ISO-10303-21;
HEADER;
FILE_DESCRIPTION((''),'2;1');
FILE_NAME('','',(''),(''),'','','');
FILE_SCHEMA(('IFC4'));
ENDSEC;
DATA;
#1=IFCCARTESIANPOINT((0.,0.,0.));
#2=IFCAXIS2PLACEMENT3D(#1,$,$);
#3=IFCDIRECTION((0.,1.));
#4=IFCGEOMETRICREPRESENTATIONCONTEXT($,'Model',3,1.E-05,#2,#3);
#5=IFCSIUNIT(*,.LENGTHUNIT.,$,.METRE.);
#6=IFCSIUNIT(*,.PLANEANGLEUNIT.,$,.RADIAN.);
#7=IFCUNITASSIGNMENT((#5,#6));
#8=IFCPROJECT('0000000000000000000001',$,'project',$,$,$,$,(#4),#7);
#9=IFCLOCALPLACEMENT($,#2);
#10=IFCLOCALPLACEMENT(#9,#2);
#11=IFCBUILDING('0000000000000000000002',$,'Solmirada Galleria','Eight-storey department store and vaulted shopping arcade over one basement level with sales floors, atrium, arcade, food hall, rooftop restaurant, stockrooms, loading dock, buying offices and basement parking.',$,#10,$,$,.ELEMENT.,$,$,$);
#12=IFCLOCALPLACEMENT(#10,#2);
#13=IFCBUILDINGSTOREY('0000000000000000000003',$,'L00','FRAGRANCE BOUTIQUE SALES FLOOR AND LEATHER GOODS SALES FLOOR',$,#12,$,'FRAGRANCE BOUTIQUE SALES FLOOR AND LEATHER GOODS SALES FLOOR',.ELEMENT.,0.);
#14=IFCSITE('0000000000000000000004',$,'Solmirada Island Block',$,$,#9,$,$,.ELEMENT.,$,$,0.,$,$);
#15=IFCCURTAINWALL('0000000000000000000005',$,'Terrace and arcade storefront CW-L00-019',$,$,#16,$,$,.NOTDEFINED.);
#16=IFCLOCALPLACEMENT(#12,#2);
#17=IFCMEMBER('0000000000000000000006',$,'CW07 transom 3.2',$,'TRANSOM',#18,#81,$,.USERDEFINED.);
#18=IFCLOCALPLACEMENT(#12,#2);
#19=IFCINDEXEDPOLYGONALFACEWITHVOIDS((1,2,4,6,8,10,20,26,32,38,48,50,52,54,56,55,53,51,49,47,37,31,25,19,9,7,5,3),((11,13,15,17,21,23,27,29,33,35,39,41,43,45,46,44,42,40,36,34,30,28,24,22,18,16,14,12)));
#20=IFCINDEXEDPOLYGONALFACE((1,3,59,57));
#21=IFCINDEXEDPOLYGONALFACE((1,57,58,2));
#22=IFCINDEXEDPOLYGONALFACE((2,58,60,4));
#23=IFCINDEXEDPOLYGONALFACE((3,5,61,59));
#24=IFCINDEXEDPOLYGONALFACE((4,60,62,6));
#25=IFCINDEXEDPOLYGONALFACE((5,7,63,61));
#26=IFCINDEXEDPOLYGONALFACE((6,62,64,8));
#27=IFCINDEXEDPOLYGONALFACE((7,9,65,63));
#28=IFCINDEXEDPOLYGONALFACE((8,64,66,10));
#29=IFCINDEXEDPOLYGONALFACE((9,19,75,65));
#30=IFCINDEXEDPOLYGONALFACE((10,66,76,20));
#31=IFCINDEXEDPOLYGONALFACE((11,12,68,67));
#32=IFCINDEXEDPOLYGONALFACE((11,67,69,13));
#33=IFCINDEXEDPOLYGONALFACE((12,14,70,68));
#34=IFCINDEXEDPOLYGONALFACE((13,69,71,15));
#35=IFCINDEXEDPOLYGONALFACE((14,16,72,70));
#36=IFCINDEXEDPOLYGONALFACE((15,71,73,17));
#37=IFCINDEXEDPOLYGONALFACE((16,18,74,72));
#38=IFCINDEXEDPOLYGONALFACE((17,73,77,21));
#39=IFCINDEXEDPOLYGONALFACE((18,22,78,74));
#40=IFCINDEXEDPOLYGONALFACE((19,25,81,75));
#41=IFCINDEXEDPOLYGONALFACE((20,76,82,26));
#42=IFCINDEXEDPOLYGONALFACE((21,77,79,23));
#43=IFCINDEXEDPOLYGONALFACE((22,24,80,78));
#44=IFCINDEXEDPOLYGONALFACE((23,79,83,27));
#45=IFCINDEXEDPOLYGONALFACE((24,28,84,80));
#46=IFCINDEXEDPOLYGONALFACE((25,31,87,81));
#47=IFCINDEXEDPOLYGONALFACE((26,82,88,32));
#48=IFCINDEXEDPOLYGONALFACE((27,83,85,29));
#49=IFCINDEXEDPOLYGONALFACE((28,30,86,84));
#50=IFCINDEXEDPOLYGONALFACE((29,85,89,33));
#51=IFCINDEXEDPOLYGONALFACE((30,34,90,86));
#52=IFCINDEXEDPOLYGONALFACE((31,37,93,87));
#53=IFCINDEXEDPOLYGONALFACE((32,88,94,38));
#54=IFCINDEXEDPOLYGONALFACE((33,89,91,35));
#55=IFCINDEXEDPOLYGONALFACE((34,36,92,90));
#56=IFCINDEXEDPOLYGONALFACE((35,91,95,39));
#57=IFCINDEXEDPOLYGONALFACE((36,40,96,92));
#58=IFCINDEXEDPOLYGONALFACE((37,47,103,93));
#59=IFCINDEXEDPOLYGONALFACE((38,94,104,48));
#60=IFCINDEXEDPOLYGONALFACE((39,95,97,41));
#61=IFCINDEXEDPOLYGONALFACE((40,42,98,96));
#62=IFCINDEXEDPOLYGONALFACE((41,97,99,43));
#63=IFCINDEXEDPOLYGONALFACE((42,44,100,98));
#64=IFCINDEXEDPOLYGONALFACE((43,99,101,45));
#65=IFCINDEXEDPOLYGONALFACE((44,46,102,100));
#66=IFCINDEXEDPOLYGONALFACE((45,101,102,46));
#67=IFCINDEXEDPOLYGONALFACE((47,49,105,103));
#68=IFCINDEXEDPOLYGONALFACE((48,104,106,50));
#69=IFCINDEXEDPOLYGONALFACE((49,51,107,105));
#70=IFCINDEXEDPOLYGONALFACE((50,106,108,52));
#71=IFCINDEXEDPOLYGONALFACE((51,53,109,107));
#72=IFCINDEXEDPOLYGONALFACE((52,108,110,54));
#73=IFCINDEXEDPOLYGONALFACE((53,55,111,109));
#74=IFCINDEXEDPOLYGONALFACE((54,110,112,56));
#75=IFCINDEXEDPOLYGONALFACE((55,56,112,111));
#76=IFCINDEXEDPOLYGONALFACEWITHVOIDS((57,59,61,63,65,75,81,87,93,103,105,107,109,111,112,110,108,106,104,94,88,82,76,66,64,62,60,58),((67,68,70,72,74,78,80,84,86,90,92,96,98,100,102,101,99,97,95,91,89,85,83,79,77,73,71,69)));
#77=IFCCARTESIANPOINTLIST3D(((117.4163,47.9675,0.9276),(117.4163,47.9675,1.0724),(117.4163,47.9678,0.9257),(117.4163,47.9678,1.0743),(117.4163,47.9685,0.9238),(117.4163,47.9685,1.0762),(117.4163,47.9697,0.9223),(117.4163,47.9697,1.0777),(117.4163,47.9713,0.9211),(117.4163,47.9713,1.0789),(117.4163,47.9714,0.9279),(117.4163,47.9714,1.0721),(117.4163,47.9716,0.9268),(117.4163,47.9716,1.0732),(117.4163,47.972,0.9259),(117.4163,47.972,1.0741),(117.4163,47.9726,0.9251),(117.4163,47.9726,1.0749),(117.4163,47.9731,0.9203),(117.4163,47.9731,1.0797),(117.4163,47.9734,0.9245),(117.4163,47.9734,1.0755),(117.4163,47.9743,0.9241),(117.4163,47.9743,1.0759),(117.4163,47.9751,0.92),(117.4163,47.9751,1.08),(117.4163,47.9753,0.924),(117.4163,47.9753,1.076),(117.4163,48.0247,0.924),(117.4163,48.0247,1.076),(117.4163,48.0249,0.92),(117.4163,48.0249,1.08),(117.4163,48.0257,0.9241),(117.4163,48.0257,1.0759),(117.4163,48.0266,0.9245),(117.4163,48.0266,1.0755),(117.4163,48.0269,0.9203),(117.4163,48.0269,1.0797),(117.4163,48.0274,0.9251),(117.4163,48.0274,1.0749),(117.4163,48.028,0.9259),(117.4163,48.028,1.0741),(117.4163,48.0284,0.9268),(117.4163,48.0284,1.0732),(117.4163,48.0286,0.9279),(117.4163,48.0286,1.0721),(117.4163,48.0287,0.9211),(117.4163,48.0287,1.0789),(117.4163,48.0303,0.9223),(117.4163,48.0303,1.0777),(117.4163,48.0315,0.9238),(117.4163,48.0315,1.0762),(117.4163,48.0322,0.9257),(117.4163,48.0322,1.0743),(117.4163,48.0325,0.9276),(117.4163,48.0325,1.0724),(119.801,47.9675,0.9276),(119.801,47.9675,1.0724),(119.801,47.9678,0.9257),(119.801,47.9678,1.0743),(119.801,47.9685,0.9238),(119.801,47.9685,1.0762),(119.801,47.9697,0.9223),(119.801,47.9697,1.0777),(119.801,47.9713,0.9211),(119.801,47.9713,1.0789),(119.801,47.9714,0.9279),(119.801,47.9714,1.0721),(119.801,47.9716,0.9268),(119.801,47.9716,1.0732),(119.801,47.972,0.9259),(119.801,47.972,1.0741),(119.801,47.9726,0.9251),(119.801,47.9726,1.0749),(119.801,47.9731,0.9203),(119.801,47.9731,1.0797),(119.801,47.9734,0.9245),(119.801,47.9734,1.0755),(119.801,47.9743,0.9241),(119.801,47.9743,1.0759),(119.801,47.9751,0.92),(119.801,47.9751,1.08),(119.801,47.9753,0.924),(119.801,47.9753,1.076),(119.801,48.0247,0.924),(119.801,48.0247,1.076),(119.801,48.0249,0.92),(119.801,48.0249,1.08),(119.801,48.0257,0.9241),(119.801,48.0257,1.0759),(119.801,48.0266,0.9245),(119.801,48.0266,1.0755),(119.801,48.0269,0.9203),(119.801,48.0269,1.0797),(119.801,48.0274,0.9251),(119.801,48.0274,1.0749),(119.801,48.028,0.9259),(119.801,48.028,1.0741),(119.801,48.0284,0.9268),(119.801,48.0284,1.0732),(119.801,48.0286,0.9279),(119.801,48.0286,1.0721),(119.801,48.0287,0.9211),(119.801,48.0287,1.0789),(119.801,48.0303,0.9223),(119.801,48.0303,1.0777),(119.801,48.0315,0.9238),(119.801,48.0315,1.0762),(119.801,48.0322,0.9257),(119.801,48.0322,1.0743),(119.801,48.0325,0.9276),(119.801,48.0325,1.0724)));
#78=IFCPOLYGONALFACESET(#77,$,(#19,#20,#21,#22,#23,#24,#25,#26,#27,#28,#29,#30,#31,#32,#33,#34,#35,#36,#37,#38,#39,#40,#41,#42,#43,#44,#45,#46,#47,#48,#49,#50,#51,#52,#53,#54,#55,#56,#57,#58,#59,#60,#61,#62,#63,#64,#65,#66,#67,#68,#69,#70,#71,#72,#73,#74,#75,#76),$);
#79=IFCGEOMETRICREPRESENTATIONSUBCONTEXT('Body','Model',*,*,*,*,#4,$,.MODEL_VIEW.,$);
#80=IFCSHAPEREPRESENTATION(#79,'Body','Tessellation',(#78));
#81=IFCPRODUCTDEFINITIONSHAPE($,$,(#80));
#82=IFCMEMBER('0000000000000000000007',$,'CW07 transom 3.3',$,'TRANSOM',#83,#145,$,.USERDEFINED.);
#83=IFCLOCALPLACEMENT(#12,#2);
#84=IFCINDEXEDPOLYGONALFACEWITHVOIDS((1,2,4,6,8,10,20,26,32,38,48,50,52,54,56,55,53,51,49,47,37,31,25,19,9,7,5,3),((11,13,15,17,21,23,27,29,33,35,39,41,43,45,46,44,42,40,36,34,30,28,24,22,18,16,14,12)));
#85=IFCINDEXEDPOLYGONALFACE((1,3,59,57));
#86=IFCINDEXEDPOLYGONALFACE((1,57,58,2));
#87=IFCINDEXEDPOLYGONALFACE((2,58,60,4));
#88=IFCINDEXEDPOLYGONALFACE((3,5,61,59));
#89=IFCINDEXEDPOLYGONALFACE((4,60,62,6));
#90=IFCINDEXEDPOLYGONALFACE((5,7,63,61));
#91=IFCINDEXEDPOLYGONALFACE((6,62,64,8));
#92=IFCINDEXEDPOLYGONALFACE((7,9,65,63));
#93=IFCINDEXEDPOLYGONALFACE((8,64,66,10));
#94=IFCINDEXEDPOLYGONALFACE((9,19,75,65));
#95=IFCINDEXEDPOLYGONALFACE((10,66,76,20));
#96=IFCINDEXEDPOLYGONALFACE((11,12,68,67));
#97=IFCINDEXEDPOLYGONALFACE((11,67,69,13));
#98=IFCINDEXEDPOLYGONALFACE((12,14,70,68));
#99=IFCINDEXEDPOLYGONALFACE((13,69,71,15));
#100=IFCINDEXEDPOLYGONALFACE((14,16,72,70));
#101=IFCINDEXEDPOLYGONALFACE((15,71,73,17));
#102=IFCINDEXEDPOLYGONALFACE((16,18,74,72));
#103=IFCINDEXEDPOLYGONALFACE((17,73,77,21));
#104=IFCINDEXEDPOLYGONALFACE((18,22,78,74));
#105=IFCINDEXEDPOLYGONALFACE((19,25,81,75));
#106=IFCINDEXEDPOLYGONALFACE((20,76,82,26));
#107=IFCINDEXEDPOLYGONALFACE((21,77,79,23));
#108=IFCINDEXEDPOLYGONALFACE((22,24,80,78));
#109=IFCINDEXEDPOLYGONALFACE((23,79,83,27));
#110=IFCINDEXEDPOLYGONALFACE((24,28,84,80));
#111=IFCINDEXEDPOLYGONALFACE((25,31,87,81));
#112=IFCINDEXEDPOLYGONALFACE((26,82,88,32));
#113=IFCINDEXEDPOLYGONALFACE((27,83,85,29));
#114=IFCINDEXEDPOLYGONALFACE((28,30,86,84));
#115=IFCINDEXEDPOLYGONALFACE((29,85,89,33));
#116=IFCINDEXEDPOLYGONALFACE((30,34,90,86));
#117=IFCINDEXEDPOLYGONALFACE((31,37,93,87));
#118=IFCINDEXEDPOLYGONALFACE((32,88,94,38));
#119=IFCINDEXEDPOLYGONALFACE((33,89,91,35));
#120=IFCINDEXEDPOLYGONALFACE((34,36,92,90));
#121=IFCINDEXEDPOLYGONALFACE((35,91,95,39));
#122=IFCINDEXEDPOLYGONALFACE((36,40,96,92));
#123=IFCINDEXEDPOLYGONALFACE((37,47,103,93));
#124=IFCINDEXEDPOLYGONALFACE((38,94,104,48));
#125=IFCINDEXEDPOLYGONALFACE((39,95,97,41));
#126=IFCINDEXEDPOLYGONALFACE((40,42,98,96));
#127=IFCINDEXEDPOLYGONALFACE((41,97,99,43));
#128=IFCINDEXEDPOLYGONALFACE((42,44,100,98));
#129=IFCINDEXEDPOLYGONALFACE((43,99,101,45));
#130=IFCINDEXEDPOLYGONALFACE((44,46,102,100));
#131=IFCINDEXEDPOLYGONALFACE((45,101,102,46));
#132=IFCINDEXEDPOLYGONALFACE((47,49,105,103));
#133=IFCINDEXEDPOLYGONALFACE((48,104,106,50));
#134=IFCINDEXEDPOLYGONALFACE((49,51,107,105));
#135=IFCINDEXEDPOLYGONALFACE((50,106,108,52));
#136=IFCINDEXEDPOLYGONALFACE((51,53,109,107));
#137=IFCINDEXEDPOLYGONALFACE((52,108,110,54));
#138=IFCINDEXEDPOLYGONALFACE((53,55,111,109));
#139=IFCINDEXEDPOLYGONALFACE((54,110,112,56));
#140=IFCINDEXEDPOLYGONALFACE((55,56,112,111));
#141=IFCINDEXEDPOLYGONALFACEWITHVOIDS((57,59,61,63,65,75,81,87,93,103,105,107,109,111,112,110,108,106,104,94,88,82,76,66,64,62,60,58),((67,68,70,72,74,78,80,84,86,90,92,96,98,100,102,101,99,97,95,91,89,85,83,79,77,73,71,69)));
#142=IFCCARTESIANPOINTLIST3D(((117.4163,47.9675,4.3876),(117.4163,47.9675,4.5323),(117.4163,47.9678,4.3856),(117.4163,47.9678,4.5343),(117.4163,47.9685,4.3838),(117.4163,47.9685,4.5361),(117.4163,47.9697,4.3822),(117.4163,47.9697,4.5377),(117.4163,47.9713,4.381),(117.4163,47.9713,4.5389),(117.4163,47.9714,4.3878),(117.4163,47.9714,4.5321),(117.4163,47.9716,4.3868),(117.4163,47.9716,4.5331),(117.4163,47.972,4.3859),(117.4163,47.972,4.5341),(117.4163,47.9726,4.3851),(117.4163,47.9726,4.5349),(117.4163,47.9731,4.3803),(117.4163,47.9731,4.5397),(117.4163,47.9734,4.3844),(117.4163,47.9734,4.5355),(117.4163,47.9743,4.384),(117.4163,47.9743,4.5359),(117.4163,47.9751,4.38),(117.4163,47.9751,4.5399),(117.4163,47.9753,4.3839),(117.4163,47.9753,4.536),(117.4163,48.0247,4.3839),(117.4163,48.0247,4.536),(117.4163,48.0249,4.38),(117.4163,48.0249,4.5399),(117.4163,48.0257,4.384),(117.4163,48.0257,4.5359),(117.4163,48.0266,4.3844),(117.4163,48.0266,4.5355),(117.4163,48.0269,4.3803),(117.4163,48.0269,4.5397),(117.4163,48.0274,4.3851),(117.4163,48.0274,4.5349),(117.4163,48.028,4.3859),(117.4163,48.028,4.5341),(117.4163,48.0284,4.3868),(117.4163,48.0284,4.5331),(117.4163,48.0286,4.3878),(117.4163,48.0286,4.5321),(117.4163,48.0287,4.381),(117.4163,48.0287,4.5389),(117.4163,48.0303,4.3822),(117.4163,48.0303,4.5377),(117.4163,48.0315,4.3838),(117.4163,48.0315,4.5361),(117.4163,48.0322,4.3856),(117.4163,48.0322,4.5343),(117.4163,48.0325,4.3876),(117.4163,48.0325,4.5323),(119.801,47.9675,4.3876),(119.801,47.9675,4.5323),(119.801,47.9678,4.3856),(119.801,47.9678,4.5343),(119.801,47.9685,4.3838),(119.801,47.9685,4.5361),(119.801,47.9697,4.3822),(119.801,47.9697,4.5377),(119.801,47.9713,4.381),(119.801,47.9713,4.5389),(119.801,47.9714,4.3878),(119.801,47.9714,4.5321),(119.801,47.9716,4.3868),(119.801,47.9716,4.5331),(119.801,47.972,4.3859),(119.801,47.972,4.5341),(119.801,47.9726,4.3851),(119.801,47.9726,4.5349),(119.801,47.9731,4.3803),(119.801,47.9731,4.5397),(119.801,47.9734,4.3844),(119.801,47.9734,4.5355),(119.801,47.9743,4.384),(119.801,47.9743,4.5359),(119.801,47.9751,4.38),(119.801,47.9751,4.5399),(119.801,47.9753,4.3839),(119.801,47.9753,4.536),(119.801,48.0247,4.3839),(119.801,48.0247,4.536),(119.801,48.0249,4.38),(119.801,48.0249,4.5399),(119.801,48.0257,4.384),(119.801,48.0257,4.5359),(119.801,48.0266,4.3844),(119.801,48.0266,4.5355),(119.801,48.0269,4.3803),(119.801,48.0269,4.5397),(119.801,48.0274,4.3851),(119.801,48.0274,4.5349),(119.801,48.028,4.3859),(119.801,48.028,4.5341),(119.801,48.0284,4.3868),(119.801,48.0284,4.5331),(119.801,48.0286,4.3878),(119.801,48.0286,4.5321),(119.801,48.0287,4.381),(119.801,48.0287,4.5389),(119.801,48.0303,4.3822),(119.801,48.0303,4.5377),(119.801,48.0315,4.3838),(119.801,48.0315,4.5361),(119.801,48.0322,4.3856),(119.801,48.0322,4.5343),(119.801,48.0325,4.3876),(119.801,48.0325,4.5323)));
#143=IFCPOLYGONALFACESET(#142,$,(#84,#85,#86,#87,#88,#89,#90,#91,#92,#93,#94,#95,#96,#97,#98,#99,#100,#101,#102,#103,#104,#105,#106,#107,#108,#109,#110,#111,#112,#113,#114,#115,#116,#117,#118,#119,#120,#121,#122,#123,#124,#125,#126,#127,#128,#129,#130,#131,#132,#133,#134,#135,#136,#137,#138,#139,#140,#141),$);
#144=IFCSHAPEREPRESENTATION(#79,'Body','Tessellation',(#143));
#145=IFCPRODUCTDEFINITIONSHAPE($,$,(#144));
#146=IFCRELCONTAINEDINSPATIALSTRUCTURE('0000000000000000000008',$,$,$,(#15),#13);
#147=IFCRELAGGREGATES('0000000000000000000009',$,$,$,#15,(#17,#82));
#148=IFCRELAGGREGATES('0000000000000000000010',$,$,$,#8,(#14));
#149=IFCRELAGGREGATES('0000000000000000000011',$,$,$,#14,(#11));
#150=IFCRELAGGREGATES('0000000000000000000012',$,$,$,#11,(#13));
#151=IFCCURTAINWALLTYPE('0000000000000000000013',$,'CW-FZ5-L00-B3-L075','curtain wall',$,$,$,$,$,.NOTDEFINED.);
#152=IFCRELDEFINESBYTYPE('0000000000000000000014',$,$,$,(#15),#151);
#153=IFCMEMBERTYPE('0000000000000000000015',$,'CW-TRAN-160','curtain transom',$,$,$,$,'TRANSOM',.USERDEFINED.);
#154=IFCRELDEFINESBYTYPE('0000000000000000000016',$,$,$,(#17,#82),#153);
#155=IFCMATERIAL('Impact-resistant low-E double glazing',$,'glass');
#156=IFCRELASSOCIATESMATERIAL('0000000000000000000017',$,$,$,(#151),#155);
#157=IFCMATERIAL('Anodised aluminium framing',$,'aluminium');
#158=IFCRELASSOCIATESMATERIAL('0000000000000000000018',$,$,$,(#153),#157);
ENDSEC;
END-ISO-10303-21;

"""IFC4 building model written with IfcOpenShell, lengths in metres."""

from ifc_helpers import new_model, si_unit, direction, frame, origin, origin_2d, place, context, subcontext, project, spatial, hollow_rectangle, extrude, material, material_profile, profile_set, type_object, element, aggregate, save


model = new_model("IFC4")

# Units and contexts
model_context = context("Model", 3, precision=1e-05, world=origin(), true_north=direction((0.0, 1.0)))
body_context = subcontext(model_context, "Body", "Model", "MODEL_VIEW")
ifc_project = project(units=[si_unit("LENGTHUNIT", "METRE"), si_unit("PLANEANGLEUNIT", "RADIAN")], contexts=[model_context])

# Site, building, storey
site_placement = place(None, origin())
site = spatial("IfcSite", under=ifc_project, at=site_placement, Name="Solmirada Island Block", CompositionType="ELEMENT", RefElevation=0.0)
building_placement = place(site_placement, origin())
building = spatial("IfcBuilding", under=site, at=building_placement, Name="Solmirada Galleria", Description="Eight-storey department store and vaulted shopping arcade over one basement level with sales floors, atrium, arcade, food hall, rooftop restaurant, stockrooms, loading dock, buying offices and basement parking.", CompositionType="ELEMENT")
storey_placement = place(building_placement, origin())
storey = spatial("IfcBuildingStorey", under=building, at=storey_placement, Name="L00", Description="FRAGRANCE BOUTIQUE SALES FLOOR AND LEATHER GOODS SALES FLOOR", LongName="FRAGRANCE BOUTIQUE SALES FLOOR AND LEATHER GOODS SALES FLOOR", CompositionType="ELEMENT", Elevation=0.0)

# Curtain wall
ifc_material_1 = material(Name="Impact-resistant low-E double glazing", Category="glass")
curtain_wall_type_1 = type_object("IfcCurtainWallType", Name="CW-FZ5-L00-B3-L075", Description="curtain wall", PredefinedType="NOTDEFINED", material=ifc_material_1)
curtain_wall_1_placement = place(storey_placement, origin())
curtain_wall_1 = element("IfcCurtainWall", 1, at=curtain_wall_1_placement, inside=storey, type_object=curtain_wall_type_1, Name="Terrace and arcade storefront CW-L00-019", PredefinedType="NOTDEFINED")
ifc_material_2 = material(Name="Anodised aluminium framing", Category="aluminium")

# Members
ifc_material_profile_1 = material_profile(ifc_material_2, hollow_rectangle(XDim=0.0649, YDim=0.1599, WallThickness=0.0039, InnerFilletRadius=0.0039, OuterFilletRadius=0.0076, at=origin_2d()), Name="ALU-TRAN-160X65")
ifc_profile_set_1 = profile_set([ifc_material_profile_1], Name="Anodised aluminium framing")
member_type_1 = type_object("IfcMemberType", Name="CW-TRAN-160", Description="curtain transom", ElementType="TRANSOM", PredefinedType="USERDEFINED", material=ifc_profile_set_1)
member_1_placement = place(storey_placement, frame((117.4163, 48.0, 1.0), z_axis=(1.0, 0.0, 0.0), x_axis=(0.0, 1.0, 0.0)))
member_1 = element("IfcMember", 2, at=member_1_placement, type_object=member_type_1, Name="CW07 transom 3.2", ObjectType="TRANSOM", PredefinedType="USERDEFINED", context=body_context, shape_type="SweptSolid", body=[
    extrude(hollow_rectangle(XDim=0.0649, YDim=0.1599, WallThickness=0.0039, InnerFilletRadius=0.0039, OuterFilletRadius=0.0076, at=origin_2d()), origin(), (0.0, 0.0, 1.0), 2.3848),
])
member_2_placement = place(storey_placement, frame((117.4163, 48.0, 4.46), z_axis=(1.0, 0.0, 0.0), x_axis=(0.0, 1.0, 0.0)))
member_2 = element("IfcMember", 3, at=member_2_placement, type_object=member_type_1, Name="CW07 transom 3.3", ObjectType="TRANSOM", PredefinedType="USERDEFINED", context=body_context, shape_type="SweptSolid", body=[
    extrude(hollow_rectangle(XDim=0.0649, YDim=0.1599, WallThickness=0.0039, InnerFilletRadius=0.0039, OuterFilletRadius=0.0076, at=origin_2d()), origin(), (0.0, 0.0, 1.0), 2.3848),
])

aggregate(curtain_wall_1, [member_1, member_2])

save(model, "model.ifc")
